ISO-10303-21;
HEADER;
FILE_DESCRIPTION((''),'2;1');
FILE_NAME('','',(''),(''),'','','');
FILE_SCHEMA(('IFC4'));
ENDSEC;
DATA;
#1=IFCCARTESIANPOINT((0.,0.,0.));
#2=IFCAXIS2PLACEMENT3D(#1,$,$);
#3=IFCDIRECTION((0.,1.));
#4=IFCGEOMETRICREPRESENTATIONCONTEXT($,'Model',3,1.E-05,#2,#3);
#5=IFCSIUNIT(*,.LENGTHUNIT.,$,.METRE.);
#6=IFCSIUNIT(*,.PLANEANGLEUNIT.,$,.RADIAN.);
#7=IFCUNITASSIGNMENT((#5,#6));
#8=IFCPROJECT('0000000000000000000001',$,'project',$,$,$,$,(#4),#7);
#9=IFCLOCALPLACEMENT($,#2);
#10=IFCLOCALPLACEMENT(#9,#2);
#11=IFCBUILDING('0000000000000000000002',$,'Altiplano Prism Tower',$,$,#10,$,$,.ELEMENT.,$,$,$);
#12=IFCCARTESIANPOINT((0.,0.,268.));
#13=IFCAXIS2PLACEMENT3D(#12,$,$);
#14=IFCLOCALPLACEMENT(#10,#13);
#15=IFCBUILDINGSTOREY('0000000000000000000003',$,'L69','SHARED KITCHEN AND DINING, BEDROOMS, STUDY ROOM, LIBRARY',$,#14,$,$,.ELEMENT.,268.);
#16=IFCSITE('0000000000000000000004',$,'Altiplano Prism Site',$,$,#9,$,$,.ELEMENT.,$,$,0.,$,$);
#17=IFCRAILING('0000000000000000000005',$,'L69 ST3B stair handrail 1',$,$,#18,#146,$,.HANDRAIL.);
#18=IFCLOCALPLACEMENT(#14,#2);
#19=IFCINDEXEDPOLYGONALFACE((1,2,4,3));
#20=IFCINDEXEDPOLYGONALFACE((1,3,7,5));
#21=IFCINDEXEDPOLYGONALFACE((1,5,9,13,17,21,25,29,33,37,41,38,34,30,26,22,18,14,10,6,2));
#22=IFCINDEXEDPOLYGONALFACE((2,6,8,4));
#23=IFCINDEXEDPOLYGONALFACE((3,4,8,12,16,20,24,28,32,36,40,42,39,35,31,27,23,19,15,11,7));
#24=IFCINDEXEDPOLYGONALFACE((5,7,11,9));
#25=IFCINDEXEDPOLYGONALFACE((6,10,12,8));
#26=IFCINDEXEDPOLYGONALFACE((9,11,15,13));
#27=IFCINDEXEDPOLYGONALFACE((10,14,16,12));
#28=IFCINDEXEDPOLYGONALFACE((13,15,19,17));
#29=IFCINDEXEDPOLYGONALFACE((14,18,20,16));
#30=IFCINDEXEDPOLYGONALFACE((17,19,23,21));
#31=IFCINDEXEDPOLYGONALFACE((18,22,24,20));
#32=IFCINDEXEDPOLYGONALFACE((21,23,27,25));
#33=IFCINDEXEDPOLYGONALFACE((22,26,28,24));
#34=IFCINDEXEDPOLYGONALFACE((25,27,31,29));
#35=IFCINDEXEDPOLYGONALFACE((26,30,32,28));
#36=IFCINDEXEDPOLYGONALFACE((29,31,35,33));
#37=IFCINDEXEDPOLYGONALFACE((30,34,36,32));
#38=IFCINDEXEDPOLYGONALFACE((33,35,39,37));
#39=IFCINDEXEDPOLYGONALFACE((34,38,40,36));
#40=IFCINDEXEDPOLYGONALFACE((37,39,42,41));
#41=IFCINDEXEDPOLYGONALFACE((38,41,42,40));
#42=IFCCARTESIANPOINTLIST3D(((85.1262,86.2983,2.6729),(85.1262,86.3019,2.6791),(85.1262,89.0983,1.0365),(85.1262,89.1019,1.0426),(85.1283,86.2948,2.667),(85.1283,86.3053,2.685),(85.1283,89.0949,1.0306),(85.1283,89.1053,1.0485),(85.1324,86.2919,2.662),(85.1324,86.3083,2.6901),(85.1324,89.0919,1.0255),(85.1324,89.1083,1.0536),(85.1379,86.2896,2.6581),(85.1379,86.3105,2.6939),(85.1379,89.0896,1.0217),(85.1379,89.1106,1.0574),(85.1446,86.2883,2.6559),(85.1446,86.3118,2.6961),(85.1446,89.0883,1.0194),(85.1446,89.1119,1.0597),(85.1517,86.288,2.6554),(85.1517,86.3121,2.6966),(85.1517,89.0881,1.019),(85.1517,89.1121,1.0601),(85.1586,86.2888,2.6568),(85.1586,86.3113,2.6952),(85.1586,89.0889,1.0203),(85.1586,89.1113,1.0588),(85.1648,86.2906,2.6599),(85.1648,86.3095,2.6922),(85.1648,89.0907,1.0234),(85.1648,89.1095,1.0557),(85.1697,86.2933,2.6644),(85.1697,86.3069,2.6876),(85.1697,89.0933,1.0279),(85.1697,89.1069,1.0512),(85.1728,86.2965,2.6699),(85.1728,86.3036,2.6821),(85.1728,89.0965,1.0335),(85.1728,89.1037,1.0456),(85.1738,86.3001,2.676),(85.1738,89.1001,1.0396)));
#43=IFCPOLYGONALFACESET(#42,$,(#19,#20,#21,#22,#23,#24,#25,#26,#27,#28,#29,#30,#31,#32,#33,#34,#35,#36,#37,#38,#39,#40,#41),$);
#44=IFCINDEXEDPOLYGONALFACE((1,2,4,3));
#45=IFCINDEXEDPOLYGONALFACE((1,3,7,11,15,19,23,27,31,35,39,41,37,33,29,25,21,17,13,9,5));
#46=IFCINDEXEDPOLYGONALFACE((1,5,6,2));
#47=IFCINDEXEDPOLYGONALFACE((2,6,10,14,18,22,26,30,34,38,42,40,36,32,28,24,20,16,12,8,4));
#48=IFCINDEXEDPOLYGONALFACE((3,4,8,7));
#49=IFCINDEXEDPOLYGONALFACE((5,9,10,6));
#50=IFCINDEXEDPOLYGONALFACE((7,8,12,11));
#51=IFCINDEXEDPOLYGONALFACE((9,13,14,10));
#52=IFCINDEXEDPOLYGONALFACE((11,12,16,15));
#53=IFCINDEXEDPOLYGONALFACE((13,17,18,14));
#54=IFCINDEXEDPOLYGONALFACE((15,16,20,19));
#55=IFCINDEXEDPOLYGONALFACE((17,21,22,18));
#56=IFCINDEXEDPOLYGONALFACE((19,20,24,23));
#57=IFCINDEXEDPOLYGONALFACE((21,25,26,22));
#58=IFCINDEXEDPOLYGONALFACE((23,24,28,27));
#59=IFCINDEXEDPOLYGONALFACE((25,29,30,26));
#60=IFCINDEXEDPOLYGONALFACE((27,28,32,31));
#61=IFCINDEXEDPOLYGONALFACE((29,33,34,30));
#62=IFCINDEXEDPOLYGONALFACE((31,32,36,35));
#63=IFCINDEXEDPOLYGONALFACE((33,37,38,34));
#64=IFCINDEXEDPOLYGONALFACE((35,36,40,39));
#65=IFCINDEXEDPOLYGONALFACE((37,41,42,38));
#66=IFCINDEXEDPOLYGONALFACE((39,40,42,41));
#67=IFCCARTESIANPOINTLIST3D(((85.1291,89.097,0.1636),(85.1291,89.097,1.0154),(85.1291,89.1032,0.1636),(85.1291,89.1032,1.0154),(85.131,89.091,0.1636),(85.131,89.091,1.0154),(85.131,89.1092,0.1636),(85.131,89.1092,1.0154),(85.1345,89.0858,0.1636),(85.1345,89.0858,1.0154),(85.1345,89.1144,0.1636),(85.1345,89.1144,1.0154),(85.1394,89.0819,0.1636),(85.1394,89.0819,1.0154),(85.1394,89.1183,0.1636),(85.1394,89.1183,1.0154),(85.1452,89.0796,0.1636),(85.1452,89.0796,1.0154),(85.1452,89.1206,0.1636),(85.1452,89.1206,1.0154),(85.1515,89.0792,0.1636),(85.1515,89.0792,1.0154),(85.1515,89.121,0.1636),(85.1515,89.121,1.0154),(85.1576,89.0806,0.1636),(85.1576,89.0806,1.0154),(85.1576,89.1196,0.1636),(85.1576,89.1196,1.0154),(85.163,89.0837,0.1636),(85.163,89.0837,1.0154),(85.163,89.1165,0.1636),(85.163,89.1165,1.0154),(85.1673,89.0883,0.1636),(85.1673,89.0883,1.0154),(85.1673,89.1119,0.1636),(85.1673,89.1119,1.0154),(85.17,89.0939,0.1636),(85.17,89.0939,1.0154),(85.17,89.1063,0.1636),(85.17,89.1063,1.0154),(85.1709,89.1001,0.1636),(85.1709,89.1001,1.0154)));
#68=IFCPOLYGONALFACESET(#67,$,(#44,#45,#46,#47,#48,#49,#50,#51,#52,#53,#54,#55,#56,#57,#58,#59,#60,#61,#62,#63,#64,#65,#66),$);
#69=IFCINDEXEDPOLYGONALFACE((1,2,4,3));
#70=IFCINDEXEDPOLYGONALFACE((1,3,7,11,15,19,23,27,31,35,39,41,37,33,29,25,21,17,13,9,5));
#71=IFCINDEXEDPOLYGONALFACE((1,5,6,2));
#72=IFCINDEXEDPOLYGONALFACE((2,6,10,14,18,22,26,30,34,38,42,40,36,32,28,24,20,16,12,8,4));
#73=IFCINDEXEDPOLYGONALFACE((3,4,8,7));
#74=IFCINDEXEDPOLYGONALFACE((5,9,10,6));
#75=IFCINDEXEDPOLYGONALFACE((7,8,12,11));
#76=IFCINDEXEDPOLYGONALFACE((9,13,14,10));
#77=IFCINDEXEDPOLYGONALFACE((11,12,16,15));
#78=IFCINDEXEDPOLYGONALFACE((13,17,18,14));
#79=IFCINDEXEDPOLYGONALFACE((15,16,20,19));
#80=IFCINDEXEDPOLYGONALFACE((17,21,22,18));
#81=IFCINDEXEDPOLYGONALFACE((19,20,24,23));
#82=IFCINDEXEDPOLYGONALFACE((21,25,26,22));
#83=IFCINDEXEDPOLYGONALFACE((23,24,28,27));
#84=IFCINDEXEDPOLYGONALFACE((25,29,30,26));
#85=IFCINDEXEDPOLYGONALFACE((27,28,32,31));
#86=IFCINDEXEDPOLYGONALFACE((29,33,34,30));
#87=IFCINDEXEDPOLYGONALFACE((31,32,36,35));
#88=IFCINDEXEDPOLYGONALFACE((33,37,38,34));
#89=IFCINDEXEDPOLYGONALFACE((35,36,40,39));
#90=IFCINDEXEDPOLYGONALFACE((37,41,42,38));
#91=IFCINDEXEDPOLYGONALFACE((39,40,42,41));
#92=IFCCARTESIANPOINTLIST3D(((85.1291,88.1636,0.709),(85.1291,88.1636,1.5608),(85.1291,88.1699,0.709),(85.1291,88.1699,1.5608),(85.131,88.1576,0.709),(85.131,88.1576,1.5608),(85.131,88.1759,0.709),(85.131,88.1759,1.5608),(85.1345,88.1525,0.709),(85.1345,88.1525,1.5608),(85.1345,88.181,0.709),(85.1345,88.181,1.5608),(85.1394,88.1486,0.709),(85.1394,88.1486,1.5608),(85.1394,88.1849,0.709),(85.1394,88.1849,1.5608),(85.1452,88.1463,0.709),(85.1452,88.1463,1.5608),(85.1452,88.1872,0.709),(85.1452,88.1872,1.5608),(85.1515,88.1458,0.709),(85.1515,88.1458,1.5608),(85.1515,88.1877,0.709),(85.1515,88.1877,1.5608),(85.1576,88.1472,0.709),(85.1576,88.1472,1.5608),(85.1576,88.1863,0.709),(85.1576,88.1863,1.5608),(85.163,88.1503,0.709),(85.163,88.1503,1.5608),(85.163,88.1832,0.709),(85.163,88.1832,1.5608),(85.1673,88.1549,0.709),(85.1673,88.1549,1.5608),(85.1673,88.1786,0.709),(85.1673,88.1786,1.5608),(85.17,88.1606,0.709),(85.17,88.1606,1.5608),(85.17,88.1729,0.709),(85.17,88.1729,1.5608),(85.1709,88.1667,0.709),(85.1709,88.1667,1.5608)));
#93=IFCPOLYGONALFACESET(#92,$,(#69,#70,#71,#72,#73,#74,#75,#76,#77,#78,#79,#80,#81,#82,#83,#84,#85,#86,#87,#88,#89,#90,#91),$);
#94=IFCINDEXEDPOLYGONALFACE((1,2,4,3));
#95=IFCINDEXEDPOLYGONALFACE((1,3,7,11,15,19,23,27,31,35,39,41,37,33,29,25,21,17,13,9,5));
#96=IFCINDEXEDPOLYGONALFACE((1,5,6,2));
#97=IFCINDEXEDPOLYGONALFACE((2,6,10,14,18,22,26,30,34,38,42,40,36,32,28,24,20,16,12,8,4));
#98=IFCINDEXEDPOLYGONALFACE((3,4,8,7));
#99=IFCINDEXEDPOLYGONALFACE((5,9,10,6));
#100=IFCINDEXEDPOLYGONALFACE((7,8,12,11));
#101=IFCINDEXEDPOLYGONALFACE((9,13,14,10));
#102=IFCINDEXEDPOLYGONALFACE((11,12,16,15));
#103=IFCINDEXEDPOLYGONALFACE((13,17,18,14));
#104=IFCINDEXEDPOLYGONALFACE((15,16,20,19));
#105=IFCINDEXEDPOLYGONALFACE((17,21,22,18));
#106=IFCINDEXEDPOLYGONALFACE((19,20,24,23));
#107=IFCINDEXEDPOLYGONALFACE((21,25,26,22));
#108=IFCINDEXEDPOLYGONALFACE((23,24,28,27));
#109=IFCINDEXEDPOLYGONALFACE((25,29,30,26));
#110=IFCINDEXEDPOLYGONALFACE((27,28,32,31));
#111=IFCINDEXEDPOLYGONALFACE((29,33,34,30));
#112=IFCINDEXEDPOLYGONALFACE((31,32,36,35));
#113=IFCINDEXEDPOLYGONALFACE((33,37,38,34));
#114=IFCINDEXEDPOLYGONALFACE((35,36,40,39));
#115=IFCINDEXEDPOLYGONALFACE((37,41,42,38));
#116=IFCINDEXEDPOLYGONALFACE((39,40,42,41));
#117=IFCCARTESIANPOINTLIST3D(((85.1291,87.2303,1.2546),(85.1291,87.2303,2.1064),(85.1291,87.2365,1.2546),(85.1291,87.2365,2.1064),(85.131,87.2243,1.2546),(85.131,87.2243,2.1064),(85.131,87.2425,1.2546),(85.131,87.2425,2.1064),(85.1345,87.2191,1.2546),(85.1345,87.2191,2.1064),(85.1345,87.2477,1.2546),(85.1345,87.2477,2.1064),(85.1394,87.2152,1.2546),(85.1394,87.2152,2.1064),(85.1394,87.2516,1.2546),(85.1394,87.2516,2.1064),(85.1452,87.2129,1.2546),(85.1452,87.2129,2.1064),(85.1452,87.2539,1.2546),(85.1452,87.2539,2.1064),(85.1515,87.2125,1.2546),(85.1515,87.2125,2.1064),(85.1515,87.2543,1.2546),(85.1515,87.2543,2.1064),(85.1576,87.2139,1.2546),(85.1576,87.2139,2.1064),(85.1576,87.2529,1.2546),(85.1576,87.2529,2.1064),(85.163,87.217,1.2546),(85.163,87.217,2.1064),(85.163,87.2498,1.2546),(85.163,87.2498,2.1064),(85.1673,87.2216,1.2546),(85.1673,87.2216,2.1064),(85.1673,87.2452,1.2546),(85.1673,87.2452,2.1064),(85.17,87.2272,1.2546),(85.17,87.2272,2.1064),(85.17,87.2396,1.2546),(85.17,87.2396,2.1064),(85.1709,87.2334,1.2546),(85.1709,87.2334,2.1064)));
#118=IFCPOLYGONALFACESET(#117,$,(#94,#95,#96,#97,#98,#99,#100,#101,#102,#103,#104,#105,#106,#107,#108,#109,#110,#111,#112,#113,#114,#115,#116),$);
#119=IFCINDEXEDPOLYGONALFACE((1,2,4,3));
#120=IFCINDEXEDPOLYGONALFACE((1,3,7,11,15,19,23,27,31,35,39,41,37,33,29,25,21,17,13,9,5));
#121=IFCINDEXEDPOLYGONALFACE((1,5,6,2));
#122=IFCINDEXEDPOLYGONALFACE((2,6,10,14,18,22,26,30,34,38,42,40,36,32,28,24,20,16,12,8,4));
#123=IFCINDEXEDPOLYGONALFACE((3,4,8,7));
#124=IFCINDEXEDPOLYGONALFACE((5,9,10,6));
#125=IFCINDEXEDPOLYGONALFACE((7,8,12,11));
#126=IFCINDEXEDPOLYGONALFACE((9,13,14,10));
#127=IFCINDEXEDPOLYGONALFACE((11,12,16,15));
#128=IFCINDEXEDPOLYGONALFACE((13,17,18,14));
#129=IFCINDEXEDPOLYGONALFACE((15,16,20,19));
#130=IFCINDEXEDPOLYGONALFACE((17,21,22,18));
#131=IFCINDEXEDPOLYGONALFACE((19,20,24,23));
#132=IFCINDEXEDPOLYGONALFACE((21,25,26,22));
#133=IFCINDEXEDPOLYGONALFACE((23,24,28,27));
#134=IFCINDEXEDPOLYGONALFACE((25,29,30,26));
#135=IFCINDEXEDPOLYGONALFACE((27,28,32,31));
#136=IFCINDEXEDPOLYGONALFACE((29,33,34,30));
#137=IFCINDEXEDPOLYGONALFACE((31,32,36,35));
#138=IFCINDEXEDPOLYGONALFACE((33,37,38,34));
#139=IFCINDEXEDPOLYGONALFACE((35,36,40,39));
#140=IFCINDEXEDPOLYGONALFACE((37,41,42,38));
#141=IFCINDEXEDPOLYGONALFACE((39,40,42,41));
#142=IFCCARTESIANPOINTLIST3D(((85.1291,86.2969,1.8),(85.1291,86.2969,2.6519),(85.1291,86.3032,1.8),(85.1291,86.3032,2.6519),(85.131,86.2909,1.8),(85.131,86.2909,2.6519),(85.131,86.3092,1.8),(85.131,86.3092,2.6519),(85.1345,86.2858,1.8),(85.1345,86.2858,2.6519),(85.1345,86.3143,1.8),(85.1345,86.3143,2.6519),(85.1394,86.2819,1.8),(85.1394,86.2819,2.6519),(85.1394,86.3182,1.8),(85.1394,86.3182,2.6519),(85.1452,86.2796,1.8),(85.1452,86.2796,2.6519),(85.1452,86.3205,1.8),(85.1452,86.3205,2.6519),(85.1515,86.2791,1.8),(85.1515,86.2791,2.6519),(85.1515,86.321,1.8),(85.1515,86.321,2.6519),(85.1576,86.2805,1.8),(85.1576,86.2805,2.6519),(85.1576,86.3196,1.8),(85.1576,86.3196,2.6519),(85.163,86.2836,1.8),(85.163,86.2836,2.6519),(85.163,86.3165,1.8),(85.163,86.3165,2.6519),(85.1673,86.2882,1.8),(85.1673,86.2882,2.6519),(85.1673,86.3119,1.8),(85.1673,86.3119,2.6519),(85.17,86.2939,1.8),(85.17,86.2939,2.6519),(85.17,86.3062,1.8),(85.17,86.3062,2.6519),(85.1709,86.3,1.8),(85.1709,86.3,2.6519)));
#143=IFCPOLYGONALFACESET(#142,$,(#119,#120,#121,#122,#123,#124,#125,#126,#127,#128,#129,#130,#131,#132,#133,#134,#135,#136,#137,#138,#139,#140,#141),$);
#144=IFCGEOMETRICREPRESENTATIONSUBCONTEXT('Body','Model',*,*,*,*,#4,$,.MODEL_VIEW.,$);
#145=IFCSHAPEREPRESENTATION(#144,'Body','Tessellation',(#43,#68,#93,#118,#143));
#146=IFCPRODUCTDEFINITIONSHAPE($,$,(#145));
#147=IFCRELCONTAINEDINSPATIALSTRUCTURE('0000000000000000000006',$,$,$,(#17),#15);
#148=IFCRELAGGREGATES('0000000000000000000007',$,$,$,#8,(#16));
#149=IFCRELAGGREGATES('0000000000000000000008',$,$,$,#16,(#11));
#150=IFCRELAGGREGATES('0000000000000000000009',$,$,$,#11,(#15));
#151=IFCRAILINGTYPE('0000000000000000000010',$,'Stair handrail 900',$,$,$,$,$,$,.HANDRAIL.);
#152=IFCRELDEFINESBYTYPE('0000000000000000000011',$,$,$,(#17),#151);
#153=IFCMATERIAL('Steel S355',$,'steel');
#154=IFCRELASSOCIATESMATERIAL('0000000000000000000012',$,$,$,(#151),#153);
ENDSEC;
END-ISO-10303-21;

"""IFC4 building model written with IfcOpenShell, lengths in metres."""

from ifc_helpers import new_model, si_unit, direction, frame, origin, origin_2d, place, context, subcontext, project, spatial, circle, extrude, material, type_object, element, save


model = new_model("IFC4")

# Units and contexts
model_context = context("Model", 3, precision=1e-05, world=origin(), true_north=direction((0.0, 1.0)))
body_context = subcontext(model_context, "Body", "Model", "MODEL_VIEW")
ifc_project = project(units=[si_unit("LENGTHUNIT", "METRE"), si_unit("PLANEANGLEUNIT", "RADIAN")], contexts=[model_context])

# Site, building, storey
site_placement = place(None, origin())
site = spatial("IfcSite", under=ifc_project, at=site_placement, Name="Altiplano Prism Site", CompositionType="ELEMENT", RefElevation=0.0)
building_placement = place(site_placement, origin())
building = spatial("IfcBuilding", under=site, at=building_placement, Name="Altiplano Prism Tower", CompositionType="ELEMENT")
storey_placement = place(building_placement, frame((0.0, 0.0, 268.0)))
storey = spatial("IfcBuildingStorey", under=building, at=storey_placement, Name="L69", Description="SHARED KITCHEN AND DINING, BEDROOMS, STUDY ROOM, LIBRARY", CompositionType="ELEMENT", Elevation=268.0)

# Railing
ifc_material_1 = material(Name="Steel S355", Category="steel")
railing_type_1 = type_object("IfcRailingType", Name="Stair handrail 900", PredefinedType="HANDRAIL", material=ifc_material_1)
railing_1_placement = place(storey_placement, frame((85.1499, 89.1001, 0.1636)))
element("IfcRailing", 1, at=railing_1_placement, inside=storey, type_object=railing_type_1, Name="L69 ST3B stair handrail 1", PredefinedType="HANDRAIL", context=body_context, shape_type="SweptSolid", body=[
    extrude(circle(Radius=0.0239, at=origin_2d()), frame((0.0, 0.0, 0.876), z_axis=(0.0, -0.863361, 0.504587), x_axis=(1.0, 0.0, 0.0)), (0.0, 0.0, 1.0), 3.2432),
    extrude(circle(Radius=0.021, at=origin_2d()), origin(), (0.0, 0.0, 1.0), 0.8518),
    extrude(circle(Radius=0.021, at=origin_2d()), frame((0.0, -0.9333, 0.5454)), (0.0, 0.0, 1.0), 0.8518),
    extrude(circle(Radius=0.021, at=origin_2d()), frame((0.0, -1.8667, 1.0911)), (0.0, 0.0, 1.0), 0.8518),
    extrude(circle(Radius=0.021, at=origin_2d()), frame((0.0, -2.8, 1.6365)), (0.0, 0.0, 1.0), 0.8518),
])

save(model, "model.ifc")
